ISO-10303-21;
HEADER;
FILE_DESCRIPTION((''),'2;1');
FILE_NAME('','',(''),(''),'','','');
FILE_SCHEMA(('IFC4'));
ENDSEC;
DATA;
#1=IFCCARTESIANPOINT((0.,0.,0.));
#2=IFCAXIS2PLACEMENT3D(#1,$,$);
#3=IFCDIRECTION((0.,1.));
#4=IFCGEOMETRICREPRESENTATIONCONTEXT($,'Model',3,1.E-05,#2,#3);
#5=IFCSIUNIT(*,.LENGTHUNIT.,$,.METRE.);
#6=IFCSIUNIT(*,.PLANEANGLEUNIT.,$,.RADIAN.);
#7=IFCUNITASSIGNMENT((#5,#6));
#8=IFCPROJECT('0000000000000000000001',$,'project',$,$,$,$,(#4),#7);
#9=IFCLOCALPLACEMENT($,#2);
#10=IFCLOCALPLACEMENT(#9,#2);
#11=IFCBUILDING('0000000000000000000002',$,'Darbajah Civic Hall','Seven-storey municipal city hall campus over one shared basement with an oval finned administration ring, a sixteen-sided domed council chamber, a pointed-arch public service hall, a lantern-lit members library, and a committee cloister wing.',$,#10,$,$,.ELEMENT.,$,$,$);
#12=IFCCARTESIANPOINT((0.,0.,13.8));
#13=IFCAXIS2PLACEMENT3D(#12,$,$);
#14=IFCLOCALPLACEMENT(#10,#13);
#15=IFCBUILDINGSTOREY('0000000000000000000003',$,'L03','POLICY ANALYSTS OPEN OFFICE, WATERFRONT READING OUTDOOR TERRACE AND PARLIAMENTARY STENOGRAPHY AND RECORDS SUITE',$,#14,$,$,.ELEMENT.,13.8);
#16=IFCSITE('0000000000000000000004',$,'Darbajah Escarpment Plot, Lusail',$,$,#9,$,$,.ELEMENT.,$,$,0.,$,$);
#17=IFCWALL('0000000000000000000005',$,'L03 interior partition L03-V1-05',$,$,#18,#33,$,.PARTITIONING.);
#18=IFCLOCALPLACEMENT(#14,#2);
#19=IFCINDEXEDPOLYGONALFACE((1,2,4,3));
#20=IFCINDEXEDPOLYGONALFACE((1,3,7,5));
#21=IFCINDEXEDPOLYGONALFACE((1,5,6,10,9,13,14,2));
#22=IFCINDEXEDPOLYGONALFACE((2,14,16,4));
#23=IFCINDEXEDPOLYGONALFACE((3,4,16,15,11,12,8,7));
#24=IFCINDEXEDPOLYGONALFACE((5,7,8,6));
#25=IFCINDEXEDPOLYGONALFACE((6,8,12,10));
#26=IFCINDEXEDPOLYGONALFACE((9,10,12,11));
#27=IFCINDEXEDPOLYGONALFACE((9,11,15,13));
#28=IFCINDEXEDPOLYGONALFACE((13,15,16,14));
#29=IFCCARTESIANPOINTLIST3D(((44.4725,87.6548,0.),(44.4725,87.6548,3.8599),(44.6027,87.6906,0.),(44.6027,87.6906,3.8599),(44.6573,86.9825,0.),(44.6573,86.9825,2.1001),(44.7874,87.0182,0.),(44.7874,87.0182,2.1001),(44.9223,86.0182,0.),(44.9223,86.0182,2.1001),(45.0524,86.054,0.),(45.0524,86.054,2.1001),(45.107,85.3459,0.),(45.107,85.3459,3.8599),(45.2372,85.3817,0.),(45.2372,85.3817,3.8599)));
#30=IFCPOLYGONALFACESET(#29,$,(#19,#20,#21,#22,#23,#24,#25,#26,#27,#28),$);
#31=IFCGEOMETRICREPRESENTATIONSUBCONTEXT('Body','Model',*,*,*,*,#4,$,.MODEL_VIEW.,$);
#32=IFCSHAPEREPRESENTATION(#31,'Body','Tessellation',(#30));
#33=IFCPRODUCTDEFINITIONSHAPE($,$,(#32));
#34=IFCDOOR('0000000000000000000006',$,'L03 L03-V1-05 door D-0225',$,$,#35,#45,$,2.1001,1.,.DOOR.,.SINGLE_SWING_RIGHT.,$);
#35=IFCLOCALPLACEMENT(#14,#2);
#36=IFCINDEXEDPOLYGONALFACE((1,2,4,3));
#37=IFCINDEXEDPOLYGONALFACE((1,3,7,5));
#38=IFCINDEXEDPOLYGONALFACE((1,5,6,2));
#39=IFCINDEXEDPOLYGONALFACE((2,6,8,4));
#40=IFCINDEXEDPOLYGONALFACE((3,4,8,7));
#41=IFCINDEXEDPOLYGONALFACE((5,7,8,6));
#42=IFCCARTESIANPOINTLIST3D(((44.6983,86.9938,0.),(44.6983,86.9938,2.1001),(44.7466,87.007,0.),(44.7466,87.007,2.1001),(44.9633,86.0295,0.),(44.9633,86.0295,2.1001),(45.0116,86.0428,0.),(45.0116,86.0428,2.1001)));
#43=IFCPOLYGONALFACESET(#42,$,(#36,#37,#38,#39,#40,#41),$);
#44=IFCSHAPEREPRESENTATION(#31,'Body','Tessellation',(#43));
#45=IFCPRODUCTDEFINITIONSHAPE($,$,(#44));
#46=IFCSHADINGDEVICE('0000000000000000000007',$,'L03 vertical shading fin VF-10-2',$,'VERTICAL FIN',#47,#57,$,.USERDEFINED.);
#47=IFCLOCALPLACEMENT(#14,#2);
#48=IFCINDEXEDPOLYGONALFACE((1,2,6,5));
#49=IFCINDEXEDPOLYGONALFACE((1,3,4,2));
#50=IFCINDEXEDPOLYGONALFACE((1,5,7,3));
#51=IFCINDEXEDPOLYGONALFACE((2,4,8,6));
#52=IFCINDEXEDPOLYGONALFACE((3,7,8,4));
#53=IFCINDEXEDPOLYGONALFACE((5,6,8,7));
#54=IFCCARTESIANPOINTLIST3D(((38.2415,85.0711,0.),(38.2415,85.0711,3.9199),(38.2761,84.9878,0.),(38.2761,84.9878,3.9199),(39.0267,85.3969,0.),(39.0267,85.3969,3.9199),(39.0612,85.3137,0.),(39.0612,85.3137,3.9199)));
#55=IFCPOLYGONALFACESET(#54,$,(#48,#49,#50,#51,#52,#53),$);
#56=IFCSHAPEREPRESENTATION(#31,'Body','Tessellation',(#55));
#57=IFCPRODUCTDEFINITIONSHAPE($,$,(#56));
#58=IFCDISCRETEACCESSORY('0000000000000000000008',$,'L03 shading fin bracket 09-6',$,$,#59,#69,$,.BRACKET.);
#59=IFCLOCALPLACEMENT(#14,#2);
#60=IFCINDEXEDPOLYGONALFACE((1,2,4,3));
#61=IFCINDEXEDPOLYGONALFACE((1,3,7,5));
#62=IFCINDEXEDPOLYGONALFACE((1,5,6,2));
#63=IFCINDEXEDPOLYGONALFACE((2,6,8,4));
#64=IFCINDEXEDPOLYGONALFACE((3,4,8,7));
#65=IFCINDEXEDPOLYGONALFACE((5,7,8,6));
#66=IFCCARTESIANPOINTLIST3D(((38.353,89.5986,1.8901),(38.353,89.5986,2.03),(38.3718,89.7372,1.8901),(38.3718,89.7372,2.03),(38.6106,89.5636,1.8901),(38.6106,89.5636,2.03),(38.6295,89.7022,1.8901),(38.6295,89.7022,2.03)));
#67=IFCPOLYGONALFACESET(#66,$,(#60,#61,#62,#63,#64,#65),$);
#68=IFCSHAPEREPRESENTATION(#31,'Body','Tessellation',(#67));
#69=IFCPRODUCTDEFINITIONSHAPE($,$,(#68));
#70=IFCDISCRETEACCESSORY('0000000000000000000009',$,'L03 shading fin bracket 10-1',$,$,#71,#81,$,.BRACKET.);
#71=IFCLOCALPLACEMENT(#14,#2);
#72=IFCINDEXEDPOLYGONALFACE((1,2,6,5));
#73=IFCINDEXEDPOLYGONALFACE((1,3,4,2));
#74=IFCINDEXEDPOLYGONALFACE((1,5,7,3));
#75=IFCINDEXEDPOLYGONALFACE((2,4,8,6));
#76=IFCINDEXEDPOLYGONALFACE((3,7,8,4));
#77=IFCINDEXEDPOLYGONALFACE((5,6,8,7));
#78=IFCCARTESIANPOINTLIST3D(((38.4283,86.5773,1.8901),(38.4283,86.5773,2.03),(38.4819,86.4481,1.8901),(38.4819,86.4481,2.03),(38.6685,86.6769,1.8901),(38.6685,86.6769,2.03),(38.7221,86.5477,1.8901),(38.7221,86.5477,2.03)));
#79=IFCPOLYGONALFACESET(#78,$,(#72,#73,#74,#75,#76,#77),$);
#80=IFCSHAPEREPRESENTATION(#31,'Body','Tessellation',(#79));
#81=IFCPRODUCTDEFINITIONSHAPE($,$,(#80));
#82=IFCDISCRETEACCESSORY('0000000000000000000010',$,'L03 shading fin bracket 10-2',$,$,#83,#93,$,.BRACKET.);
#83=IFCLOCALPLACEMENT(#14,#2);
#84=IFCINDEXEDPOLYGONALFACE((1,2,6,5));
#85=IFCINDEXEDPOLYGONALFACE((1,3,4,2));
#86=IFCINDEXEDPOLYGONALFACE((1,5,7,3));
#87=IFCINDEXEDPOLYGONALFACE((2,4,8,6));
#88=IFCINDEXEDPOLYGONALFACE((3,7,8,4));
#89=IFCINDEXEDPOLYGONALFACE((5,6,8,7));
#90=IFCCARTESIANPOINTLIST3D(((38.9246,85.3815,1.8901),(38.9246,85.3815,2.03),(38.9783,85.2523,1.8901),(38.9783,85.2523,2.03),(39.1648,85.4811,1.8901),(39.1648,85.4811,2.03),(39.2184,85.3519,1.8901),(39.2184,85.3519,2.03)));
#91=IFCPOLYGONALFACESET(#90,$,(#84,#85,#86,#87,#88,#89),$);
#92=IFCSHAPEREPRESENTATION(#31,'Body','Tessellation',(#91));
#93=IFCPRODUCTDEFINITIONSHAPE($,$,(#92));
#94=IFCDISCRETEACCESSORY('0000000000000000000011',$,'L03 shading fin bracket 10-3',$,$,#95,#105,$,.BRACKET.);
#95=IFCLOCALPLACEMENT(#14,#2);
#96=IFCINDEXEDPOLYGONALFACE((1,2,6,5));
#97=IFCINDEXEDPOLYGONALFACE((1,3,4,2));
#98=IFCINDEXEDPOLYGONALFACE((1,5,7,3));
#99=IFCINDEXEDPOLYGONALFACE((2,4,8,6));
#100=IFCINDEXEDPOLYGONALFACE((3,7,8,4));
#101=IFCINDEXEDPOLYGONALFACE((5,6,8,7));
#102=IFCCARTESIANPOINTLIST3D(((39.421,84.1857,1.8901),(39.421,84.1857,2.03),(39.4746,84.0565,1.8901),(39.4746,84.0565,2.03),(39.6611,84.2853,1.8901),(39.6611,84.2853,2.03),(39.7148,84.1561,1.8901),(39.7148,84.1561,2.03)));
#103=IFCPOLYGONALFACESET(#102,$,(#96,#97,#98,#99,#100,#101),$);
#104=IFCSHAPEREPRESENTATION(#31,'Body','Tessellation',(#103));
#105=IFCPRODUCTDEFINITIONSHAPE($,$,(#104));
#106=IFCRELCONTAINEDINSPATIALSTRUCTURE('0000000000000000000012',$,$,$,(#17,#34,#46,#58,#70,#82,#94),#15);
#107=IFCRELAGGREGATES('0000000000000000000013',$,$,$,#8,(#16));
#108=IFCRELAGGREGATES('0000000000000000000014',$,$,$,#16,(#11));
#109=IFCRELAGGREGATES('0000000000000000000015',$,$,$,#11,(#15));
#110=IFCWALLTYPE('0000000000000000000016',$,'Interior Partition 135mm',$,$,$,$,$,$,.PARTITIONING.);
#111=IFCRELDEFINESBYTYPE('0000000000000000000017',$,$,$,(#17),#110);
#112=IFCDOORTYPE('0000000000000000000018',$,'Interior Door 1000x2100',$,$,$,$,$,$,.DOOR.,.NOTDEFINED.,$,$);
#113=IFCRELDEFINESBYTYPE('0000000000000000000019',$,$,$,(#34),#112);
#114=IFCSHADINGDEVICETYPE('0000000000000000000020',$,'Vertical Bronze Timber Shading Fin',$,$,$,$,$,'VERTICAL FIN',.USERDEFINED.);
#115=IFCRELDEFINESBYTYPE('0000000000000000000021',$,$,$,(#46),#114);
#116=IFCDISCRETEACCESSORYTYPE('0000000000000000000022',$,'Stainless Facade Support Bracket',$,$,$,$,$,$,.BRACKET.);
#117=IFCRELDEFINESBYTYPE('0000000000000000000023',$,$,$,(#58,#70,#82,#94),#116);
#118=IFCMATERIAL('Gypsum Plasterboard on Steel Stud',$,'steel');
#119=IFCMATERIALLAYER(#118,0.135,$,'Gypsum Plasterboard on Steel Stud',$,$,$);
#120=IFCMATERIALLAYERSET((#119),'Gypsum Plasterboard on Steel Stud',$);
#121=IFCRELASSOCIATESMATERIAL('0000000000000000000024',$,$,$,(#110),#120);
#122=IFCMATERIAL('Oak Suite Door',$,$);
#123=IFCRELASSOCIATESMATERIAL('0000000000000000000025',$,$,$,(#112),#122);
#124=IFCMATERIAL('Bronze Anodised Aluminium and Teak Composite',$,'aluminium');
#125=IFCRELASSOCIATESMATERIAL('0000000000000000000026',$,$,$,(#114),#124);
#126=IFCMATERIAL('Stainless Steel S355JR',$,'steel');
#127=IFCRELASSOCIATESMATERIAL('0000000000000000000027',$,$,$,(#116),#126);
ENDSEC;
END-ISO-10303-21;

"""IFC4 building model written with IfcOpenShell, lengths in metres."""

from ifc_helpers import new_model, si_unit, direction, frame, frame_2d, origin, origin_2d, place, context, subcontext, project, spatial, rectangle, extrude, material, layer, layer_set, type_object, element, fill, save


model = new_model("IFC4")

# Units and contexts
model_context = context("Model", 3, precision=1e-05, world=origin(), true_north=direction((0.0, 1.0)))
body_context = subcontext(model_context, "Body", "Model", "MODEL_VIEW")
ifc_project = project(units=[si_unit("LENGTHUNIT", "METRE"), si_unit("PLANEANGLEUNIT", "RADIAN")], contexts=[model_context])

# Site, building, storey
site_placement = place(None, origin())
site = spatial("IfcSite", under=ifc_project, at=site_placement, Name="Darbajah Escarpment Plot, Lusail", CompositionType="ELEMENT", RefElevation=0.0)
building_placement = place(site_placement, origin())
building = spatial("IfcBuilding", under=site, at=building_placement, Name="Darbajah Civic Hall", Description="Seven-storey municipal city hall campus over one shared basement with an oval finned administration ring, a sixteen-sided domed council chamber, a pointed-arch public service hall, a lantern-lit members library, and a committee cloister wing.", CompositionType="ELEMENT")
storey_placement = place(building_placement, frame((0.0, 0.0, 13.8)))
storey = spatial("IfcBuildingStorey", under=building, at=storey_placement, Name="L03", Description="POLICY ANALYSTS OPEN OFFICE, WATERFRONT READING OUTDOOR TERRACE AND PARLIAMENTARY STENOGRAPHY AND RECORDS SUITE", CompositionType="ELEMENT", Elevation=13.8)

# Wall, opening, door
ifc_material_1 = material(Name="Gypsum Plasterboard on Steel Stud", Category="steel")
ifc_layer_1 = layer(ifc_material_1, 0.135, Name="Gypsum Plasterboard on Steel Stud")
ifc_layer_set_1 = layer_set([ifc_layer_1], Name="Gypsum Plasterboard on Steel Stud")
wall_type_1 = type_object("IfcWallType", Name="Interior Partition 135mm", PredefinedType="PARTITIONING", material=ifc_layer_set_1)
wall_1_placement = place(storey_placement, frame((45.1721, 85.3638, 0.0), z_axis=(0.0, 0.0, 1.0), x_axis=(-0.264998, 0.964249, 0.0)))
wall_1 = element("IfcWall", 1, at=wall_1_placement, inside=storey, type_object=wall_type_1, Name="L03 interior partition L03-V1-05", PredefinedType="PARTITIONING", context=body_context, shape_type="SweptSolid", body=[
    extrude(rectangle(XDim=2.3945, YDim=0.135, at=frame_2d((1.1973, 0.0))), origin(), (0.0, 0.0, 1.0), 3.8599),
])
opening_1_placement = place(wall_1_placement, frame((0.6973, 0.0, 0.0)))
opening_1 = element("IfcOpeningElement", 2, at=opening_1_placement, cuts=wall_1, PredefinedType="OPENING", context=body_context, shape_type="SweptSolid", body=[
    extrude(rectangle(XDim=1.0, YDim=2.1001, at=frame_2d((0.5, 1.05))), frame((0.0, 0.0774, 0.0), z_axis=(0.0, -1.0, 0.0), x_axis=(1.0, 0.0, 0.0)), (0.0, 0.0, 1.0), 0.155),
])
ifc_material_2 = material(Name="Oak Suite Door")
door_type = type_object("IfcDoorType", Name="Interior Door 1000x2100", OperationType="NOTDEFINED", PredefinedType="DOOR", material=ifc_material_2)
door_placement = place(opening_1_placement, origin())
door = element("IfcDoor", 3, at=door_placement, inside=storey, type_object=door_type, Name="L03 L03-V1-05 door D-0225", OperationType="SINGLE_SWING_RIGHT", OverallHeight=2.1001, OverallWidth=1.0, PredefinedType="DOOR", context=body_context, shape_type="SweptSolid", body=[
    extrude(rectangle(XDim=1.0, YDim=2.1001, at=frame_2d((0.5, 1.05))), frame((0.0, 0.0249, 0.0), z_axis=(0.0, -1.0, 0.0), x_axis=(1.0, 0.0, 0.0)), (0.0, 0.0, 1.0), 0.05),
])
fill(opening_1, door)

# Shading device
ifc_material_3 = material(Name="Bronze Anodised Aluminium and Teak Composite", Category="aluminium")
shading_device_type = type_object("IfcShadingDeviceType", Name="Vertical Bronze Timber Shading Fin", ElementType="VERTICAL FIN", PredefinedType="USERDEFINED", material=ifc_material_3)
shading_device_placement = place(storey_placement, frame((38.6514, 85.1924, 0.0), z_axis=(0.0, 0.0, 1.0), x_axis=(-0.923612, -0.383328, 0.0)))
element("IfcShadingDevice", 4, at=shading_device_placement, inside=storey, type_object=shading_device_type, Name="L03 vertical shading fin VF-10-2", ObjectType="VERTICAL FIN", PredefinedType="USERDEFINED", context=body_context, shape_type="SweptSolid", body=[
    extrude(rectangle(XDim=0.8501, YDim=0.0901, at=origin_2d()), origin(), (0.0, 0.0, 1.0), 3.9199),
])

# Discrete accessories
ifc_material_4 = material(Name="Stainless Steel S355JR", Category="steel")
discrete_accessory_type = type_object("IfcDiscreteAccessoryType", Name="Stainless Facade Support Bracket", PredefinedType="BRACKET", material=ifc_material_4)
for number, where, z_axis, x_axis, name in (
    (5, (38.4912, 89.6504, 1.8901), (0.0, 0.0, 1.0), (-0.990866, 0.134851, 0.0), "L03 shading fin bracket 09-6"),
    (6, (38.5752, 86.5625, 1.8901), (0.0, 0.0, 1.0), (-0.923612, -0.383328, 0.0), "L03 shading fin bracket 10-1"),
    (7, (39.0715, 85.3667, 1.8901), (0.0, 0.0, 1.0), (-0.923612, -0.383328, 0.0), "L03 shading fin bracket 10-2"),
    (8, (39.5679, 84.1709, 1.8901), (0.0, 0.0, 1.0), (-0.923612, -0.383328, 0.0), "L03 shading fin bracket 10-3"),
):
    element("IfcDiscreteAccessory", number, at=place(storey_placement, frame(where, z_axis=z_axis, x_axis=x_axis)), inside=storey, type_object=discrete_accessory_type, Name=name, PredefinedType="BRACKET", context=body_context, shape_type="SweptSolid", body=[
        extrude(rectangle(XDim=0.26, YDim=0.1399, at=origin_2d()), origin(), (0.0, 0.0, 1.0), 0.1399),
    ])

save(model, "model.ifc")
